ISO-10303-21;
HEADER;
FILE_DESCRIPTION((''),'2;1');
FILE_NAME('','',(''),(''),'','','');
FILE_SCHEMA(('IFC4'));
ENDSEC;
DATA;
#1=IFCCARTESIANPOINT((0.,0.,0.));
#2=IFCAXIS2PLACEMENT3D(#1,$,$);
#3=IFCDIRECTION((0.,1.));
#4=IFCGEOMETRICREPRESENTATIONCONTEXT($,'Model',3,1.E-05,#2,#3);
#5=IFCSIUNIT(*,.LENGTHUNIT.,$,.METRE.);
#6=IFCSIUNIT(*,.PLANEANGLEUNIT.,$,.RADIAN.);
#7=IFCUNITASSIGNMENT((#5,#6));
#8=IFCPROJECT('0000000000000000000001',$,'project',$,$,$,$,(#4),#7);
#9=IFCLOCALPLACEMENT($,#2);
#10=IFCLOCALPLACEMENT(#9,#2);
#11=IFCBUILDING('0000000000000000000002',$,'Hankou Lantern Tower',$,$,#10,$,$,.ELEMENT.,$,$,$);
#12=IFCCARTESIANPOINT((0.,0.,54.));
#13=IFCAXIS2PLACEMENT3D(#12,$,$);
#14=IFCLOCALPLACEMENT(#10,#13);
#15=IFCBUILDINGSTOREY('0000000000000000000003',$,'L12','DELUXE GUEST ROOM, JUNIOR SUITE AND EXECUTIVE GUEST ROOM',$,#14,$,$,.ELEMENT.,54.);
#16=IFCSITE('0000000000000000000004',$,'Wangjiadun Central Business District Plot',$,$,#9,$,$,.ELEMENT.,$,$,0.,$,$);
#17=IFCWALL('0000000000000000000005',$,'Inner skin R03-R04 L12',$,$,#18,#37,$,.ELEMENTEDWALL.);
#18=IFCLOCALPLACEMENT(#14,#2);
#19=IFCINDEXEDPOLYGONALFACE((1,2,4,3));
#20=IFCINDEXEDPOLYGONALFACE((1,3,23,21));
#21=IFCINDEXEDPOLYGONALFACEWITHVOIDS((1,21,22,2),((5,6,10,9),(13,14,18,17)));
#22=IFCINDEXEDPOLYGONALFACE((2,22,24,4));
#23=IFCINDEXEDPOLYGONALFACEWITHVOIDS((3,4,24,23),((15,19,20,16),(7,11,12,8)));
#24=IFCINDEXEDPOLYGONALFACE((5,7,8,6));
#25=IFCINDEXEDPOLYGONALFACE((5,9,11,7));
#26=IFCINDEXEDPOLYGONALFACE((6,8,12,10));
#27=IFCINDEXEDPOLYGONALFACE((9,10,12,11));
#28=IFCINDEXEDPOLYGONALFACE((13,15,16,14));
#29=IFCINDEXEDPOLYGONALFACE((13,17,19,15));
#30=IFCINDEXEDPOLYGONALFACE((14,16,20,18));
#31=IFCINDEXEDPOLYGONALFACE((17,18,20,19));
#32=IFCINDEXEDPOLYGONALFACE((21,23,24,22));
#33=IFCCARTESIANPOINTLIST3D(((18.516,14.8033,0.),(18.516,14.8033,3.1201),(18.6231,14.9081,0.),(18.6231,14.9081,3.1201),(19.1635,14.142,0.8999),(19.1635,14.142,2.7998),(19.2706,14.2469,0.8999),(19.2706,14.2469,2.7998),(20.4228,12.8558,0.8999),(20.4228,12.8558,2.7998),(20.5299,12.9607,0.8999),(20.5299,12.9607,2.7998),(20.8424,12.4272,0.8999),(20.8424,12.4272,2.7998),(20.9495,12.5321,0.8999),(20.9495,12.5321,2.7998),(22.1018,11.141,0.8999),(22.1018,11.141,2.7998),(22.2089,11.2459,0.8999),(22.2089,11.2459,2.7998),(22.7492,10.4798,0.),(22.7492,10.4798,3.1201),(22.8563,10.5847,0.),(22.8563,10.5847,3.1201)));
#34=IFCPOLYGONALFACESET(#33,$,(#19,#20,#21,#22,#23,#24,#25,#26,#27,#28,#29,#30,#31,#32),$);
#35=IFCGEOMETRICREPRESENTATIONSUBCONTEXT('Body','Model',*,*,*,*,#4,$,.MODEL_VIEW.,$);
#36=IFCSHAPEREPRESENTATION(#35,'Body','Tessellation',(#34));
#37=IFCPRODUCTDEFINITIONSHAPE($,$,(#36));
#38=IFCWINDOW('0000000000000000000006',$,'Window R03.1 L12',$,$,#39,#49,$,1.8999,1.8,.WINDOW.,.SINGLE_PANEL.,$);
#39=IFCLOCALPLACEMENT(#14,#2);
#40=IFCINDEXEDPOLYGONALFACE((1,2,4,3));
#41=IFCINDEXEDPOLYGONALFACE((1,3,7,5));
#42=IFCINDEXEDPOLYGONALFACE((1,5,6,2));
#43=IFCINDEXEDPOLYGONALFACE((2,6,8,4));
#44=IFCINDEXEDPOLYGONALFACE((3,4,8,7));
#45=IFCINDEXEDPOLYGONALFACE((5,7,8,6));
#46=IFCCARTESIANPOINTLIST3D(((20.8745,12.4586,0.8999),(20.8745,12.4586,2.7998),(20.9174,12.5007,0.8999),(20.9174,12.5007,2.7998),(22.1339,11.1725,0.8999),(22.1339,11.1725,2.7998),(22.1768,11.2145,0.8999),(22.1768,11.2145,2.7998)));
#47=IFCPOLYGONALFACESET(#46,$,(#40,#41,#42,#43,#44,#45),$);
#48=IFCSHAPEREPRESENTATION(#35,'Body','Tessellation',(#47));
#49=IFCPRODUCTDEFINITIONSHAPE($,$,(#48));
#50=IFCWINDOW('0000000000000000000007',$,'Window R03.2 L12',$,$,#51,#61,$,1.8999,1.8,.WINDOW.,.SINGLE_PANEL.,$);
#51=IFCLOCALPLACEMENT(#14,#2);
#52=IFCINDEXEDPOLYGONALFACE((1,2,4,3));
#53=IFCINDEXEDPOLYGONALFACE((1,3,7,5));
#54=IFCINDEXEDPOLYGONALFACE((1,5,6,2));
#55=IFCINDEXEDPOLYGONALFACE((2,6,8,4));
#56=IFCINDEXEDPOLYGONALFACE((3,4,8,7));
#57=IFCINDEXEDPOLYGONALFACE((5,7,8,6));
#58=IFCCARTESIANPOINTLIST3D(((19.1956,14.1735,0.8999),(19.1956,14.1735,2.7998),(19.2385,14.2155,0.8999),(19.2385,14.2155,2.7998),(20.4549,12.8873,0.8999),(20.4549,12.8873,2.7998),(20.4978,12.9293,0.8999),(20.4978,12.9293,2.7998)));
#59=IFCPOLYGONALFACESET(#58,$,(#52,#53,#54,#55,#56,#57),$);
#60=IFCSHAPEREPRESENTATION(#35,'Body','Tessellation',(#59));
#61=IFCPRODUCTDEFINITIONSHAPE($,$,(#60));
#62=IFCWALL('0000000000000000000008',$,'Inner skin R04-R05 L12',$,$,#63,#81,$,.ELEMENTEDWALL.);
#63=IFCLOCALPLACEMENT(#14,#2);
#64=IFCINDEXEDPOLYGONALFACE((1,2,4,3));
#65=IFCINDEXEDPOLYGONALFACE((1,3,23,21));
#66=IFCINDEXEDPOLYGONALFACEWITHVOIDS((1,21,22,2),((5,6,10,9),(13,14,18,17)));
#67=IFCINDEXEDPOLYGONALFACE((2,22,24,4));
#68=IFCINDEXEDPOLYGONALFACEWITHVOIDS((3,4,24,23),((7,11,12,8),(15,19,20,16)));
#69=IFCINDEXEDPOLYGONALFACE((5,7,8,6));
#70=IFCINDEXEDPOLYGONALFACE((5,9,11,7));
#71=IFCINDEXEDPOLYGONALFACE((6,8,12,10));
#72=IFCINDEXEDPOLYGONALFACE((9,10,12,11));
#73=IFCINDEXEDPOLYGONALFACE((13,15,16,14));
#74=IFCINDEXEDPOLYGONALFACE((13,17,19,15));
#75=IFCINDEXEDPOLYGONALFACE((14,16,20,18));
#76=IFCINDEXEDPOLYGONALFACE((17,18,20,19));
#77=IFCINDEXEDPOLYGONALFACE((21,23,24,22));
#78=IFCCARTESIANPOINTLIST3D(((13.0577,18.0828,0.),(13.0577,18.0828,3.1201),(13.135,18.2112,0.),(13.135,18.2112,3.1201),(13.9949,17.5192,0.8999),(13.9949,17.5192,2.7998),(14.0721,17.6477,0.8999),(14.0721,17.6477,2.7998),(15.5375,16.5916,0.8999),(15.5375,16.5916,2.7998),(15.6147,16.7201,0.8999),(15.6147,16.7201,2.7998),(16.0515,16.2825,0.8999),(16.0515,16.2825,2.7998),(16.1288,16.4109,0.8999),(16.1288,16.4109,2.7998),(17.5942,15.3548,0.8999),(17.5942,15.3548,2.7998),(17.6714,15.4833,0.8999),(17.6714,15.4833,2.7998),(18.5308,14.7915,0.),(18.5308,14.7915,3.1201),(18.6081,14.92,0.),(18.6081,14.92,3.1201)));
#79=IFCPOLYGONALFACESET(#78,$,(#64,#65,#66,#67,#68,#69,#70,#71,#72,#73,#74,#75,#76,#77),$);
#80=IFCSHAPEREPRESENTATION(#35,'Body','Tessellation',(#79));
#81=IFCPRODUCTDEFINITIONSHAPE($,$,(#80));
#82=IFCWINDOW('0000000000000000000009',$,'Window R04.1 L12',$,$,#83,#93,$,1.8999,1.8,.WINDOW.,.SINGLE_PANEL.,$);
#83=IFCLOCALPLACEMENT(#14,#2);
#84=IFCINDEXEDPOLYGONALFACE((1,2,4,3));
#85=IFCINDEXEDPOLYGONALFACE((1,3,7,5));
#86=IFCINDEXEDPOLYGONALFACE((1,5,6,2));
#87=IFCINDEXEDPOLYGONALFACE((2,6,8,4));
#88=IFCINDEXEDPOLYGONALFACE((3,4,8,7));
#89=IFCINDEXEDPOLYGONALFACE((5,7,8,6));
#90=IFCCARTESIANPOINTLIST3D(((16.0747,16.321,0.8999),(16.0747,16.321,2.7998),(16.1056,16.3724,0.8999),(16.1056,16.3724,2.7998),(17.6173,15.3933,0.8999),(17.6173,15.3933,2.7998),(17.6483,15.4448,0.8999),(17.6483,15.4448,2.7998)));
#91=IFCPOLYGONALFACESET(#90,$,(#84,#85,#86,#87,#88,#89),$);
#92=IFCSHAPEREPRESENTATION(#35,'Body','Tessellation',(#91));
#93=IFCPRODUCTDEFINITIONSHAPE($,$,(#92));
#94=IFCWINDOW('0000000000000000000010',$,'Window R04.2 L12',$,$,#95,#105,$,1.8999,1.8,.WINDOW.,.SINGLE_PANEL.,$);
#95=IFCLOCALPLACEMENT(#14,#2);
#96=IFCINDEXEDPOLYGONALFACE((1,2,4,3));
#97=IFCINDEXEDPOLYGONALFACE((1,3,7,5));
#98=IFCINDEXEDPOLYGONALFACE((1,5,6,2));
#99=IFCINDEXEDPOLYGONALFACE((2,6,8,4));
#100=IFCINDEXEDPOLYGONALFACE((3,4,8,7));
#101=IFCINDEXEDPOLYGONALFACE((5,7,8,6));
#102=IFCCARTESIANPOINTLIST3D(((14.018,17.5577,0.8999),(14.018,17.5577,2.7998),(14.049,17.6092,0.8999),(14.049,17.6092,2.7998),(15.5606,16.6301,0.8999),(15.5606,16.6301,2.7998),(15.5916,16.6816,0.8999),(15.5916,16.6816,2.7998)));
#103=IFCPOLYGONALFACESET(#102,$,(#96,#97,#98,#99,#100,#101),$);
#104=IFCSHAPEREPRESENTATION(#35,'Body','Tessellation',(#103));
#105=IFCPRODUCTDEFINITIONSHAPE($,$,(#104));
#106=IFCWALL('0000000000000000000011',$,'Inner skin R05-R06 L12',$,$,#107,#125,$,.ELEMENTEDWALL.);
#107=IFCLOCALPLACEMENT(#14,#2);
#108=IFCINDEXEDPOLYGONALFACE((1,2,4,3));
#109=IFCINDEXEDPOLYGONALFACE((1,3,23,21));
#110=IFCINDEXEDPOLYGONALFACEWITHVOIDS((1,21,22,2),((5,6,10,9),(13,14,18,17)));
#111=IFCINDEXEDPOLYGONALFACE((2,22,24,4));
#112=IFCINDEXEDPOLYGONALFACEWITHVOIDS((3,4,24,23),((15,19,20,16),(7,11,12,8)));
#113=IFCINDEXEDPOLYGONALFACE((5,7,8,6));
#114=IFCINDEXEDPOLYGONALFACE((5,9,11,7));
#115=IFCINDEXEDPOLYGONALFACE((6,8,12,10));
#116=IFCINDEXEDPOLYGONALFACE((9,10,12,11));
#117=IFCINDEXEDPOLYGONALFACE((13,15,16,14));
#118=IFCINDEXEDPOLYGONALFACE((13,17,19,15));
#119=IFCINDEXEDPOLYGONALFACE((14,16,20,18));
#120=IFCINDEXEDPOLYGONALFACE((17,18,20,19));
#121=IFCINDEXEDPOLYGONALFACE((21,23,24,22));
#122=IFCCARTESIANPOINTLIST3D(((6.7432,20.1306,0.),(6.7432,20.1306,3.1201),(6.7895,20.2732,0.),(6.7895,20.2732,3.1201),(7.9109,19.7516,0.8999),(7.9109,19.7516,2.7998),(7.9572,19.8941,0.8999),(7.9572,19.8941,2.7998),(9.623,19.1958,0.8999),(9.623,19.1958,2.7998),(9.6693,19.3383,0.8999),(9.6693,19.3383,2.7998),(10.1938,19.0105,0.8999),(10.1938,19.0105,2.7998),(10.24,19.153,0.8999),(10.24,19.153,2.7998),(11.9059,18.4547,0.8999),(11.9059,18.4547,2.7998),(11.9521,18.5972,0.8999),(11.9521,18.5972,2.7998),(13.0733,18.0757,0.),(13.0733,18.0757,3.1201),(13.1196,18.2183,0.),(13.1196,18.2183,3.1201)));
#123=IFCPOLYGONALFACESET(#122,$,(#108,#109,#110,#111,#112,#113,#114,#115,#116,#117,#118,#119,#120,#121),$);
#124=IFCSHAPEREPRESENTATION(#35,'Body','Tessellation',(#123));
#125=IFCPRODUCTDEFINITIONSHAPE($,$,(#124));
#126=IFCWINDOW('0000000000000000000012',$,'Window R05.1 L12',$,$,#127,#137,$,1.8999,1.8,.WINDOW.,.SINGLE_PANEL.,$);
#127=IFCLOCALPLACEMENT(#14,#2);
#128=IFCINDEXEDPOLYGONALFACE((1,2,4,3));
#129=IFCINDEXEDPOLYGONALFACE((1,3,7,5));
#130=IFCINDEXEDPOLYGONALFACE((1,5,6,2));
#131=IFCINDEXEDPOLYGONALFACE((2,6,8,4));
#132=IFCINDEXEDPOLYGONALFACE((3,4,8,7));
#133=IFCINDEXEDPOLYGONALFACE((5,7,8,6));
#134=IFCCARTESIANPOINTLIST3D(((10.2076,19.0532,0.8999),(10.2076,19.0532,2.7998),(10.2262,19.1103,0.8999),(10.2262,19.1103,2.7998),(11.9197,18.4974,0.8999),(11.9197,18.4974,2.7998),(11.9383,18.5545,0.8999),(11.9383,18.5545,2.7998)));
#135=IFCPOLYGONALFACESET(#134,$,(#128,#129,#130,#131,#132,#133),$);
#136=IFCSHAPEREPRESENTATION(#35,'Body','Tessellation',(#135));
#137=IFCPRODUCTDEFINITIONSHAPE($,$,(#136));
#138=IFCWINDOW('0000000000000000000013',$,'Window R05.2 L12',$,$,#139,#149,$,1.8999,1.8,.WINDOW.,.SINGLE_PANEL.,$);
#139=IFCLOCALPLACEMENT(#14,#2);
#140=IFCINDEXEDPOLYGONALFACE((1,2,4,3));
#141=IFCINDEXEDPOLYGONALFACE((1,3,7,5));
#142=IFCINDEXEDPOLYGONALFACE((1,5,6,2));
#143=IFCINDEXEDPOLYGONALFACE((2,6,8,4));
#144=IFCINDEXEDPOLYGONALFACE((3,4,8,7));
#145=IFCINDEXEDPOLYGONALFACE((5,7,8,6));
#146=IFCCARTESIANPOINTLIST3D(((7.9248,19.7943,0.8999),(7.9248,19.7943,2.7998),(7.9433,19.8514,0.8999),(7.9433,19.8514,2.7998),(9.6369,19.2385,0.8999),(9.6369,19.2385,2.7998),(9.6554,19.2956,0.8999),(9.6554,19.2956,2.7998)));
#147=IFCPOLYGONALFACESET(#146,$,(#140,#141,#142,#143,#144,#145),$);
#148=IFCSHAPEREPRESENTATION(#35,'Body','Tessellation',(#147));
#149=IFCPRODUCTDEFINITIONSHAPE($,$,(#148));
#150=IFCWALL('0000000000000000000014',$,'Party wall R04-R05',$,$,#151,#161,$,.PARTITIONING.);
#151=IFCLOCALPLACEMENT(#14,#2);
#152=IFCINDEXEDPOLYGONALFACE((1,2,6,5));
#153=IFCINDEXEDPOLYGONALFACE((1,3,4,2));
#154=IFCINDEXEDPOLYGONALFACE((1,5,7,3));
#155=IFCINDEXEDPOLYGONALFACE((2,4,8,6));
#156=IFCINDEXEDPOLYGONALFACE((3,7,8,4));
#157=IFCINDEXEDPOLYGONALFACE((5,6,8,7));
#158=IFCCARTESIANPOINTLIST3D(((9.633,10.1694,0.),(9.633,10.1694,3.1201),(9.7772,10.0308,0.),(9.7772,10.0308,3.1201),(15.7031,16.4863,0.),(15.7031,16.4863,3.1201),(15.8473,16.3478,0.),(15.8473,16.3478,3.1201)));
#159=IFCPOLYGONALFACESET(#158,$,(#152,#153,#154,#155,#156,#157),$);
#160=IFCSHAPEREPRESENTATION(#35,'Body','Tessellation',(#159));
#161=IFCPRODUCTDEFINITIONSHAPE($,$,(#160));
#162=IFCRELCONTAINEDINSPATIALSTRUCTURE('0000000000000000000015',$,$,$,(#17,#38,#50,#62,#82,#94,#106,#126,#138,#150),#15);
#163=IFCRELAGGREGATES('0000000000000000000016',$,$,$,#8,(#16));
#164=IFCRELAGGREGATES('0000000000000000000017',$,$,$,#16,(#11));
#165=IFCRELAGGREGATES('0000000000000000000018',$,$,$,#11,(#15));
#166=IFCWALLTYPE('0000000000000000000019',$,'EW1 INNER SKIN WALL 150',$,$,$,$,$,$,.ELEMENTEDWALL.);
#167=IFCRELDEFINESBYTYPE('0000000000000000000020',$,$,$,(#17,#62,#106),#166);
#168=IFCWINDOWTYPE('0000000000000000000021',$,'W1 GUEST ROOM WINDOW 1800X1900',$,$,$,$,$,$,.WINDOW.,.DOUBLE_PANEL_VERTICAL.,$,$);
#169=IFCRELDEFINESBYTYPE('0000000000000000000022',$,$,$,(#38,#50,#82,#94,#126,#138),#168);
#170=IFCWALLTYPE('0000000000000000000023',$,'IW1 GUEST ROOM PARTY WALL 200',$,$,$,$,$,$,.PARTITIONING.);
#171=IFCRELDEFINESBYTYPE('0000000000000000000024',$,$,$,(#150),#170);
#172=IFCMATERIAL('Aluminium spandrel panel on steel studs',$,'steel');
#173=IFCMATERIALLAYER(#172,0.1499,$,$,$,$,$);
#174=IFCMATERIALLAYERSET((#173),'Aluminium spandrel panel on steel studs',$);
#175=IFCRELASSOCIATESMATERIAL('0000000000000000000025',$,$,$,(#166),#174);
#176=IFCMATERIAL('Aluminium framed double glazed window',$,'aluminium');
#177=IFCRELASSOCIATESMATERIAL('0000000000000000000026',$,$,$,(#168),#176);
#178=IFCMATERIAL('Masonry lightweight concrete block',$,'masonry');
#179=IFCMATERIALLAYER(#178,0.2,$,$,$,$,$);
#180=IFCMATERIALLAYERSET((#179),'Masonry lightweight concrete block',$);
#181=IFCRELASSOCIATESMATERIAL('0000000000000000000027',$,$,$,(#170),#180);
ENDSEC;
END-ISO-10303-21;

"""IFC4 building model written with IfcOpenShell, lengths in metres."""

from ifc_helpers import new_model, si_unit, direction, frame, frame_2d, origin, place, context, subcontext, project, spatial, rectangle, extrude, material, layer, layer_set, type_object, element, fill, save


model = new_model("IFC4")

# Units and contexts
model_context = context("Model", 3, precision=1e-05, world=origin(), true_north=direction((0.0, 1.0)))
body_context = subcontext(model_context, "Body", "Model", "MODEL_VIEW")
ifc_project = project(units=[si_unit("LENGTHUNIT", "METRE"), si_unit("PLANEANGLEUNIT", "RADIAN")], contexts=[model_context])

# Site, building, storey
site_placement = place(None, origin())
site = spatial("IfcSite", under=ifc_project, at=site_placement, Name="Wangjiadun Central Business District Plot", CompositionType="ELEMENT", RefElevation=0.0)
building_placement = place(site_placement, origin())
building = spatial("IfcBuilding", under=site, at=building_placement, Name="Hankou Lantern Tower", CompositionType="ELEMENT")
storey_placement = place(building_placement, frame((0.0, 0.0, 54.0)))
storey = spatial("IfcBuildingStorey", under=building, at=storey_placement, Name="L12", Description="DELUXE GUEST ROOM, JUNIOR SUITE AND EXECUTIVE GUEST ROOM", CompositionType="ELEMENT", Elevation=54.0)

# Walls, openings, windows
ifc_material_1 = material(Name="Aluminium spandrel panel on steel studs", Category="steel")
ifc_layer_1 = layer(ifc_material_1, 0.1499)
ifc_layer_set_1 = layer_set([ifc_layer_1], Name="Aluminium spandrel panel on steel studs")
wall_type_1 = type_object("IfcWallType", Name="EW1 INNER SKIN WALL 150", PredefinedType="ELEMENTEDWALL", material=ifc_layer_set_1)
wall_1_placement = place(storey_placement, frame((22.8027, 10.5322, 0.0), z_axis=(0.0, 0.0, 1.0), x_axis=(-0.699603, 0.714532, 0.0)))
wall_1 = element("IfcWall", 1, at=wall_1_placement, inside=storey, type_object=wall_type_1, Name="Inner skin R03-R04 L12", PredefinedType="ELEMENTEDWALL", context=body_context, shape_type="SweptSolid", body=[
    extrude(rectangle(XDim=6.0508, YDim=0.1499, at=frame_2d((3.0254, 0.0))), origin(), (0.0, 0.0, 1.0), 3.1201),
])
opening_1_placement = place(wall_1_placement, frame((0.9255, 0.0, 0.8999)))
opening_1 = element("IfcOpeningElement", 2, at=opening_1_placement, cuts=wall_1, PredefinedType="OPENING", context=body_context, shape_type="SweptSolid", body=[
    extrude(rectangle(XDim=1.8, YDim=1.8999, at=frame_2d((0.8999, 0.95))), frame((0.0, 0.085, 0.0), z_axis=(0.0, -1.0, 0.0), x_axis=(1.0, 0.0, 0.0)), (0.0, 0.0, 1.0), 0.1699),
])
opening_2_placement = place(wall_1_placement, frame((3.3254, 0.0, 0.8999)))
opening_2 = element("IfcOpeningElement", 3, at=opening_2_placement, cuts=wall_1, PredefinedType="OPENING", context=body_context, shape_type="SweptSolid", body=[
    extrude(rectangle(XDim=1.8, YDim=1.8999, at=frame_2d((0.8999, 0.95))), frame((0.0, 0.085, 0.0), z_axis=(0.0, -1.0, 0.0), x_axis=(1.0, 0.0, 0.0)), (0.0, 0.0, 1.0), 0.1699),
])
ifc_material_2 = material(Name="Aluminium framed double glazed window", Category="aluminium")
window_type = type_object("IfcWindowType", Name="W1 GUEST ROOM WINDOW 1800X1900", PartitioningType="DOUBLE_PANEL_VERTICAL", PredefinedType="WINDOW", material=ifc_material_2)
window_1_placement = place(opening_1_placement, origin())
window_1 = element("IfcWindow", 4, at=window_1_placement, inside=storey, type_object=window_type, Name="Window R03.1 L12", OverallHeight=1.8999, OverallWidth=1.8, PartitioningType="SINGLE_PANEL", PredefinedType="WINDOW", context=body_context, shape_type="SweptSolid", body=[
    extrude(rectangle(XDim=1.8, YDim=1.8999, at=frame_2d((0.8999, 0.95))), frame((0.0, 0.03, 0.0), z_axis=(0.0, -1.0, 0.0), x_axis=(1.0, 0.0, 0.0)), (0.0, 0.0, 1.0), 0.0601),
])
fill(opening_1, window_1)
window_2_placement = place(opening_2_placement, origin())
window_2 = element("IfcWindow", 5, at=window_2_placement, inside=storey, type_object=window_type, Name="Window R03.2 L12", OverallHeight=1.8999, OverallWidth=1.8, PartitioningType="SINGLE_PANEL", PredefinedType="WINDOW", context=body_context, shape_type="SweptSolid", body=[
    extrude(rectangle(XDim=1.8, YDim=1.8999, at=frame_2d((0.8999, 0.95))), frame((0.0, 0.03, 0.0), z_axis=(0.0, -1.0, 0.0), x_axis=(1.0, 0.0, 0.0)), (0.0, 0.0, 1.0), 0.0601),
])
fill(opening_2, window_2)
wall_2_placement = place(storey_placement, frame((18.5696, 14.8557, 0.0), z_axis=(0.0, 0.0, 1.0), x_axis=(-0.856983, 0.515344, 0.0)))
wall_2 = element("IfcWall", 6, at=wall_2_placement, inside=storey, type_object=wall_type_1, Name="Inner skin R04-R05 L12", PredefinedType="ELEMENTEDWALL", context=body_context, shape_type="SweptSolid", body=[
    extrude(rectangle(XDim=6.3865, YDim=0.1499, at=frame_2d((3.1934, 0.0))), origin(), (0.0, 0.0, 1.0), 3.1201),
])
opening_3_placement = place(wall_2_placement, frame((1.0933, 0.0, 0.8999)))
opening_3 = element("IfcOpeningElement", 7, at=opening_3_placement, cuts=wall_2, PredefinedType="OPENING", context=body_context, shape_type="SweptSolid", body=[
    extrude(rectangle(XDim=1.8, YDim=1.8999, at=frame_2d((0.8999, 0.95))), frame((0.0, 0.085, 0.0), z_axis=(0.0, -1.0, 0.0), x_axis=(1.0, 0.0, 0.0)), (0.0, 0.0, 1.0), 0.1699),
])
opening_4_placement = place(wall_2_placement, frame((3.4932, 0.0, 0.8999)))
opening_4 = element("IfcOpeningElement", 8, at=opening_4_placement, cuts=wall_2, PredefinedType="OPENING", context=body_context, shape_type="SweptSolid", body=[
    extrude(rectangle(XDim=1.8, YDim=1.8999, at=frame_2d((0.8999, 0.95))), frame((0.0, 0.085, 0.0), z_axis=(0.0, -1.0, 0.0), x_axis=(1.0, 0.0, 0.0)), (0.0, 0.0, 1.0), 0.1699),
])
window_3_placement = place(opening_3_placement, origin())
window_3 = element("IfcWindow", 9, at=window_3_placement, inside=storey, type_object=window_type, Name="Window R04.1 L12", OverallHeight=1.8999, OverallWidth=1.8, PartitioningType="SINGLE_PANEL", PredefinedType="WINDOW", context=body_context, shape_type="SweptSolid", body=[
    extrude(rectangle(XDim=1.8, YDim=1.8999, at=frame_2d((0.8999, 0.95))), frame((0.0, 0.03, 0.0), z_axis=(0.0, -1.0, 0.0), x_axis=(1.0, 0.0, 0.0)), (0.0, 0.0, 1.0), 0.0601),
])
fill(opening_3, window_3)
window_4_placement = place(opening_4_placement, origin())
window_4 = element("IfcWindow", 10, at=window_4_placement, inside=storey, type_object=window_type, Name="Window R04.2 L12", OverallHeight=1.8999, OverallWidth=1.8, PartitioningType="SINGLE_PANEL", PredefinedType="WINDOW", context=body_context, shape_type="SweptSolid", body=[
    extrude(rectangle(XDim=1.8, YDim=1.8999, at=frame_2d((0.8999, 0.95))), frame((0.0, 0.03, 0.0), z_axis=(0.0, -1.0, 0.0), x_axis=(1.0, 0.0, 0.0)), (0.0, 0.0, 1.0), 0.0601),
])
fill(opening_4, window_4)
wall_3_placement = place(storey_placement, frame((13.0964, 18.147, 0.0), z_axis=(0.0, 0.0, 1.0), x_axis=(-0.951138, 0.308768, 0.0)))
wall_3 = element("IfcWall", 11, at=wall_3_placement, inside=storey, type_object=wall_type_1, Name="Inner skin R05-R06 L12", PredefinedType="ELEMENTEDWALL", context=body_context, shape_type="SweptSolid", body=[
    extrude(rectangle(XDim=6.6553, YDim=0.1499, at=frame_2d((3.3276, 0.0))), origin(), (0.0, 0.0, 1.0), 3.1201),
])
opening_5_placement = place(wall_3_placement, frame((1.2275, 0.0, 0.8999)))
opening_5 = element("IfcOpeningElement", 12, at=opening_5_placement, cuts=wall_3, PredefinedType="OPENING", context=body_context, shape_type="SweptSolid", body=[
    extrude(rectangle(XDim=1.8, YDim=1.8999, at=frame_2d((0.8999, 0.95))), frame((0.0, 0.085, 0.0), z_axis=(0.0, -1.0, 0.0), x_axis=(1.0, 0.0, 0.0)), (0.0, 0.0, 1.0), 0.1699),
])
opening_6_placement = place(wall_3_placement, frame((3.6277, 0.0, 0.8999)))
opening_6 = element("IfcOpeningElement", 13, at=opening_6_placement, cuts=wall_3, PredefinedType="OPENING", context=body_context, shape_type="SweptSolid", body=[
    extrude(rectangle(XDim=1.8, YDim=1.8999, at=frame_2d((0.8999, 0.95))), frame((0.0, 0.085, 0.0), z_axis=(0.0, -1.0, 0.0), x_axis=(1.0, 0.0, 0.0)), (0.0, 0.0, 1.0), 0.1699),
])
window_5_placement = place(opening_5_placement, origin())
window_5 = element("IfcWindow", 14, at=window_5_placement, inside=storey, type_object=window_type, Name="Window R05.1 L12", OverallHeight=1.8999, OverallWidth=1.8, PartitioningType="SINGLE_PANEL", PredefinedType="WINDOW", context=body_context, shape_type="SweptSolid", body=[
    extrude(rectangle(XDim=1.8, YDim=1.8999, at=frame_2d((0.8999, 0.95))), frame((0.0, 0.03, 0.0), z_axis=(0.0, -1.0, 0.0), x_axis=(1.0, 0.0, 0.0)), (0.0, 0.0, 1.0), 0.0601),
])
fill(opening_5, window_5)
window_6_placement = place(opening_6_placement, origin())
window_6 = element("IfcWindow", 15, at=window_6_placement, inside=storey, type_object=window_type, Name="Window R05.2 L12", OverallHeight=1.8999, OverallWidth=1.8, PartitioningType="SINGLE_PANEL", PredefinedType="WINDOW", context=body_context, shape_type="SweptSolid", body=[
    extrude(rectangle(XDim=1.8, YDim=1.8999, at=frame_2d((0.8999, 0.95))), frame((0.0, 0.03, 0.0), z_axis=(0.0, -1.0, 0.0), x_axis=(1.0, 0.0, 0.0)), (0.0, 0.0, 1.0), 0.0601),
])
fill(opening_6, window_6)

# Wall
ifc_material_3 = material(Name="Masonry lightweight concrete block", Category="masonry")
ifc_layer_2 = layer(ifc_material_3, 0.2)
ifc_layer_set_2 = layer_set([ifc_layer_2], Name="Masonry lightweight concrete block")
wall_type_2 = type_object("IfcWallType", Name="IW1 GUEST ROOM PARTY WALL 200", PredefinedType="PARTITIONING", material=ifc_layer_set_2)
wall_4_placement = place(storey_placement, frame((9.7051, 10.1001, 0.0), z_axis=(0.0, 0.0, 1.0), x_axis=(0.692879, 0.721054, 0.0)))
element("IfcWall", 16, at=wall_4_placement, inside=storey, type_object=wall_type_2, Name="Party wall R04-R05", PredefinedType="PARTITIONING", context=body_context, shape_type="SweptSolid", body=[
    extrude(rectangle(XDim=8.7607, YDim=0.2, at=frame_2d((4.3804, 0.0))), origin(), (0.0, 0.0, 1.0), 3.1201),
])

save(model, "model.ifc")
